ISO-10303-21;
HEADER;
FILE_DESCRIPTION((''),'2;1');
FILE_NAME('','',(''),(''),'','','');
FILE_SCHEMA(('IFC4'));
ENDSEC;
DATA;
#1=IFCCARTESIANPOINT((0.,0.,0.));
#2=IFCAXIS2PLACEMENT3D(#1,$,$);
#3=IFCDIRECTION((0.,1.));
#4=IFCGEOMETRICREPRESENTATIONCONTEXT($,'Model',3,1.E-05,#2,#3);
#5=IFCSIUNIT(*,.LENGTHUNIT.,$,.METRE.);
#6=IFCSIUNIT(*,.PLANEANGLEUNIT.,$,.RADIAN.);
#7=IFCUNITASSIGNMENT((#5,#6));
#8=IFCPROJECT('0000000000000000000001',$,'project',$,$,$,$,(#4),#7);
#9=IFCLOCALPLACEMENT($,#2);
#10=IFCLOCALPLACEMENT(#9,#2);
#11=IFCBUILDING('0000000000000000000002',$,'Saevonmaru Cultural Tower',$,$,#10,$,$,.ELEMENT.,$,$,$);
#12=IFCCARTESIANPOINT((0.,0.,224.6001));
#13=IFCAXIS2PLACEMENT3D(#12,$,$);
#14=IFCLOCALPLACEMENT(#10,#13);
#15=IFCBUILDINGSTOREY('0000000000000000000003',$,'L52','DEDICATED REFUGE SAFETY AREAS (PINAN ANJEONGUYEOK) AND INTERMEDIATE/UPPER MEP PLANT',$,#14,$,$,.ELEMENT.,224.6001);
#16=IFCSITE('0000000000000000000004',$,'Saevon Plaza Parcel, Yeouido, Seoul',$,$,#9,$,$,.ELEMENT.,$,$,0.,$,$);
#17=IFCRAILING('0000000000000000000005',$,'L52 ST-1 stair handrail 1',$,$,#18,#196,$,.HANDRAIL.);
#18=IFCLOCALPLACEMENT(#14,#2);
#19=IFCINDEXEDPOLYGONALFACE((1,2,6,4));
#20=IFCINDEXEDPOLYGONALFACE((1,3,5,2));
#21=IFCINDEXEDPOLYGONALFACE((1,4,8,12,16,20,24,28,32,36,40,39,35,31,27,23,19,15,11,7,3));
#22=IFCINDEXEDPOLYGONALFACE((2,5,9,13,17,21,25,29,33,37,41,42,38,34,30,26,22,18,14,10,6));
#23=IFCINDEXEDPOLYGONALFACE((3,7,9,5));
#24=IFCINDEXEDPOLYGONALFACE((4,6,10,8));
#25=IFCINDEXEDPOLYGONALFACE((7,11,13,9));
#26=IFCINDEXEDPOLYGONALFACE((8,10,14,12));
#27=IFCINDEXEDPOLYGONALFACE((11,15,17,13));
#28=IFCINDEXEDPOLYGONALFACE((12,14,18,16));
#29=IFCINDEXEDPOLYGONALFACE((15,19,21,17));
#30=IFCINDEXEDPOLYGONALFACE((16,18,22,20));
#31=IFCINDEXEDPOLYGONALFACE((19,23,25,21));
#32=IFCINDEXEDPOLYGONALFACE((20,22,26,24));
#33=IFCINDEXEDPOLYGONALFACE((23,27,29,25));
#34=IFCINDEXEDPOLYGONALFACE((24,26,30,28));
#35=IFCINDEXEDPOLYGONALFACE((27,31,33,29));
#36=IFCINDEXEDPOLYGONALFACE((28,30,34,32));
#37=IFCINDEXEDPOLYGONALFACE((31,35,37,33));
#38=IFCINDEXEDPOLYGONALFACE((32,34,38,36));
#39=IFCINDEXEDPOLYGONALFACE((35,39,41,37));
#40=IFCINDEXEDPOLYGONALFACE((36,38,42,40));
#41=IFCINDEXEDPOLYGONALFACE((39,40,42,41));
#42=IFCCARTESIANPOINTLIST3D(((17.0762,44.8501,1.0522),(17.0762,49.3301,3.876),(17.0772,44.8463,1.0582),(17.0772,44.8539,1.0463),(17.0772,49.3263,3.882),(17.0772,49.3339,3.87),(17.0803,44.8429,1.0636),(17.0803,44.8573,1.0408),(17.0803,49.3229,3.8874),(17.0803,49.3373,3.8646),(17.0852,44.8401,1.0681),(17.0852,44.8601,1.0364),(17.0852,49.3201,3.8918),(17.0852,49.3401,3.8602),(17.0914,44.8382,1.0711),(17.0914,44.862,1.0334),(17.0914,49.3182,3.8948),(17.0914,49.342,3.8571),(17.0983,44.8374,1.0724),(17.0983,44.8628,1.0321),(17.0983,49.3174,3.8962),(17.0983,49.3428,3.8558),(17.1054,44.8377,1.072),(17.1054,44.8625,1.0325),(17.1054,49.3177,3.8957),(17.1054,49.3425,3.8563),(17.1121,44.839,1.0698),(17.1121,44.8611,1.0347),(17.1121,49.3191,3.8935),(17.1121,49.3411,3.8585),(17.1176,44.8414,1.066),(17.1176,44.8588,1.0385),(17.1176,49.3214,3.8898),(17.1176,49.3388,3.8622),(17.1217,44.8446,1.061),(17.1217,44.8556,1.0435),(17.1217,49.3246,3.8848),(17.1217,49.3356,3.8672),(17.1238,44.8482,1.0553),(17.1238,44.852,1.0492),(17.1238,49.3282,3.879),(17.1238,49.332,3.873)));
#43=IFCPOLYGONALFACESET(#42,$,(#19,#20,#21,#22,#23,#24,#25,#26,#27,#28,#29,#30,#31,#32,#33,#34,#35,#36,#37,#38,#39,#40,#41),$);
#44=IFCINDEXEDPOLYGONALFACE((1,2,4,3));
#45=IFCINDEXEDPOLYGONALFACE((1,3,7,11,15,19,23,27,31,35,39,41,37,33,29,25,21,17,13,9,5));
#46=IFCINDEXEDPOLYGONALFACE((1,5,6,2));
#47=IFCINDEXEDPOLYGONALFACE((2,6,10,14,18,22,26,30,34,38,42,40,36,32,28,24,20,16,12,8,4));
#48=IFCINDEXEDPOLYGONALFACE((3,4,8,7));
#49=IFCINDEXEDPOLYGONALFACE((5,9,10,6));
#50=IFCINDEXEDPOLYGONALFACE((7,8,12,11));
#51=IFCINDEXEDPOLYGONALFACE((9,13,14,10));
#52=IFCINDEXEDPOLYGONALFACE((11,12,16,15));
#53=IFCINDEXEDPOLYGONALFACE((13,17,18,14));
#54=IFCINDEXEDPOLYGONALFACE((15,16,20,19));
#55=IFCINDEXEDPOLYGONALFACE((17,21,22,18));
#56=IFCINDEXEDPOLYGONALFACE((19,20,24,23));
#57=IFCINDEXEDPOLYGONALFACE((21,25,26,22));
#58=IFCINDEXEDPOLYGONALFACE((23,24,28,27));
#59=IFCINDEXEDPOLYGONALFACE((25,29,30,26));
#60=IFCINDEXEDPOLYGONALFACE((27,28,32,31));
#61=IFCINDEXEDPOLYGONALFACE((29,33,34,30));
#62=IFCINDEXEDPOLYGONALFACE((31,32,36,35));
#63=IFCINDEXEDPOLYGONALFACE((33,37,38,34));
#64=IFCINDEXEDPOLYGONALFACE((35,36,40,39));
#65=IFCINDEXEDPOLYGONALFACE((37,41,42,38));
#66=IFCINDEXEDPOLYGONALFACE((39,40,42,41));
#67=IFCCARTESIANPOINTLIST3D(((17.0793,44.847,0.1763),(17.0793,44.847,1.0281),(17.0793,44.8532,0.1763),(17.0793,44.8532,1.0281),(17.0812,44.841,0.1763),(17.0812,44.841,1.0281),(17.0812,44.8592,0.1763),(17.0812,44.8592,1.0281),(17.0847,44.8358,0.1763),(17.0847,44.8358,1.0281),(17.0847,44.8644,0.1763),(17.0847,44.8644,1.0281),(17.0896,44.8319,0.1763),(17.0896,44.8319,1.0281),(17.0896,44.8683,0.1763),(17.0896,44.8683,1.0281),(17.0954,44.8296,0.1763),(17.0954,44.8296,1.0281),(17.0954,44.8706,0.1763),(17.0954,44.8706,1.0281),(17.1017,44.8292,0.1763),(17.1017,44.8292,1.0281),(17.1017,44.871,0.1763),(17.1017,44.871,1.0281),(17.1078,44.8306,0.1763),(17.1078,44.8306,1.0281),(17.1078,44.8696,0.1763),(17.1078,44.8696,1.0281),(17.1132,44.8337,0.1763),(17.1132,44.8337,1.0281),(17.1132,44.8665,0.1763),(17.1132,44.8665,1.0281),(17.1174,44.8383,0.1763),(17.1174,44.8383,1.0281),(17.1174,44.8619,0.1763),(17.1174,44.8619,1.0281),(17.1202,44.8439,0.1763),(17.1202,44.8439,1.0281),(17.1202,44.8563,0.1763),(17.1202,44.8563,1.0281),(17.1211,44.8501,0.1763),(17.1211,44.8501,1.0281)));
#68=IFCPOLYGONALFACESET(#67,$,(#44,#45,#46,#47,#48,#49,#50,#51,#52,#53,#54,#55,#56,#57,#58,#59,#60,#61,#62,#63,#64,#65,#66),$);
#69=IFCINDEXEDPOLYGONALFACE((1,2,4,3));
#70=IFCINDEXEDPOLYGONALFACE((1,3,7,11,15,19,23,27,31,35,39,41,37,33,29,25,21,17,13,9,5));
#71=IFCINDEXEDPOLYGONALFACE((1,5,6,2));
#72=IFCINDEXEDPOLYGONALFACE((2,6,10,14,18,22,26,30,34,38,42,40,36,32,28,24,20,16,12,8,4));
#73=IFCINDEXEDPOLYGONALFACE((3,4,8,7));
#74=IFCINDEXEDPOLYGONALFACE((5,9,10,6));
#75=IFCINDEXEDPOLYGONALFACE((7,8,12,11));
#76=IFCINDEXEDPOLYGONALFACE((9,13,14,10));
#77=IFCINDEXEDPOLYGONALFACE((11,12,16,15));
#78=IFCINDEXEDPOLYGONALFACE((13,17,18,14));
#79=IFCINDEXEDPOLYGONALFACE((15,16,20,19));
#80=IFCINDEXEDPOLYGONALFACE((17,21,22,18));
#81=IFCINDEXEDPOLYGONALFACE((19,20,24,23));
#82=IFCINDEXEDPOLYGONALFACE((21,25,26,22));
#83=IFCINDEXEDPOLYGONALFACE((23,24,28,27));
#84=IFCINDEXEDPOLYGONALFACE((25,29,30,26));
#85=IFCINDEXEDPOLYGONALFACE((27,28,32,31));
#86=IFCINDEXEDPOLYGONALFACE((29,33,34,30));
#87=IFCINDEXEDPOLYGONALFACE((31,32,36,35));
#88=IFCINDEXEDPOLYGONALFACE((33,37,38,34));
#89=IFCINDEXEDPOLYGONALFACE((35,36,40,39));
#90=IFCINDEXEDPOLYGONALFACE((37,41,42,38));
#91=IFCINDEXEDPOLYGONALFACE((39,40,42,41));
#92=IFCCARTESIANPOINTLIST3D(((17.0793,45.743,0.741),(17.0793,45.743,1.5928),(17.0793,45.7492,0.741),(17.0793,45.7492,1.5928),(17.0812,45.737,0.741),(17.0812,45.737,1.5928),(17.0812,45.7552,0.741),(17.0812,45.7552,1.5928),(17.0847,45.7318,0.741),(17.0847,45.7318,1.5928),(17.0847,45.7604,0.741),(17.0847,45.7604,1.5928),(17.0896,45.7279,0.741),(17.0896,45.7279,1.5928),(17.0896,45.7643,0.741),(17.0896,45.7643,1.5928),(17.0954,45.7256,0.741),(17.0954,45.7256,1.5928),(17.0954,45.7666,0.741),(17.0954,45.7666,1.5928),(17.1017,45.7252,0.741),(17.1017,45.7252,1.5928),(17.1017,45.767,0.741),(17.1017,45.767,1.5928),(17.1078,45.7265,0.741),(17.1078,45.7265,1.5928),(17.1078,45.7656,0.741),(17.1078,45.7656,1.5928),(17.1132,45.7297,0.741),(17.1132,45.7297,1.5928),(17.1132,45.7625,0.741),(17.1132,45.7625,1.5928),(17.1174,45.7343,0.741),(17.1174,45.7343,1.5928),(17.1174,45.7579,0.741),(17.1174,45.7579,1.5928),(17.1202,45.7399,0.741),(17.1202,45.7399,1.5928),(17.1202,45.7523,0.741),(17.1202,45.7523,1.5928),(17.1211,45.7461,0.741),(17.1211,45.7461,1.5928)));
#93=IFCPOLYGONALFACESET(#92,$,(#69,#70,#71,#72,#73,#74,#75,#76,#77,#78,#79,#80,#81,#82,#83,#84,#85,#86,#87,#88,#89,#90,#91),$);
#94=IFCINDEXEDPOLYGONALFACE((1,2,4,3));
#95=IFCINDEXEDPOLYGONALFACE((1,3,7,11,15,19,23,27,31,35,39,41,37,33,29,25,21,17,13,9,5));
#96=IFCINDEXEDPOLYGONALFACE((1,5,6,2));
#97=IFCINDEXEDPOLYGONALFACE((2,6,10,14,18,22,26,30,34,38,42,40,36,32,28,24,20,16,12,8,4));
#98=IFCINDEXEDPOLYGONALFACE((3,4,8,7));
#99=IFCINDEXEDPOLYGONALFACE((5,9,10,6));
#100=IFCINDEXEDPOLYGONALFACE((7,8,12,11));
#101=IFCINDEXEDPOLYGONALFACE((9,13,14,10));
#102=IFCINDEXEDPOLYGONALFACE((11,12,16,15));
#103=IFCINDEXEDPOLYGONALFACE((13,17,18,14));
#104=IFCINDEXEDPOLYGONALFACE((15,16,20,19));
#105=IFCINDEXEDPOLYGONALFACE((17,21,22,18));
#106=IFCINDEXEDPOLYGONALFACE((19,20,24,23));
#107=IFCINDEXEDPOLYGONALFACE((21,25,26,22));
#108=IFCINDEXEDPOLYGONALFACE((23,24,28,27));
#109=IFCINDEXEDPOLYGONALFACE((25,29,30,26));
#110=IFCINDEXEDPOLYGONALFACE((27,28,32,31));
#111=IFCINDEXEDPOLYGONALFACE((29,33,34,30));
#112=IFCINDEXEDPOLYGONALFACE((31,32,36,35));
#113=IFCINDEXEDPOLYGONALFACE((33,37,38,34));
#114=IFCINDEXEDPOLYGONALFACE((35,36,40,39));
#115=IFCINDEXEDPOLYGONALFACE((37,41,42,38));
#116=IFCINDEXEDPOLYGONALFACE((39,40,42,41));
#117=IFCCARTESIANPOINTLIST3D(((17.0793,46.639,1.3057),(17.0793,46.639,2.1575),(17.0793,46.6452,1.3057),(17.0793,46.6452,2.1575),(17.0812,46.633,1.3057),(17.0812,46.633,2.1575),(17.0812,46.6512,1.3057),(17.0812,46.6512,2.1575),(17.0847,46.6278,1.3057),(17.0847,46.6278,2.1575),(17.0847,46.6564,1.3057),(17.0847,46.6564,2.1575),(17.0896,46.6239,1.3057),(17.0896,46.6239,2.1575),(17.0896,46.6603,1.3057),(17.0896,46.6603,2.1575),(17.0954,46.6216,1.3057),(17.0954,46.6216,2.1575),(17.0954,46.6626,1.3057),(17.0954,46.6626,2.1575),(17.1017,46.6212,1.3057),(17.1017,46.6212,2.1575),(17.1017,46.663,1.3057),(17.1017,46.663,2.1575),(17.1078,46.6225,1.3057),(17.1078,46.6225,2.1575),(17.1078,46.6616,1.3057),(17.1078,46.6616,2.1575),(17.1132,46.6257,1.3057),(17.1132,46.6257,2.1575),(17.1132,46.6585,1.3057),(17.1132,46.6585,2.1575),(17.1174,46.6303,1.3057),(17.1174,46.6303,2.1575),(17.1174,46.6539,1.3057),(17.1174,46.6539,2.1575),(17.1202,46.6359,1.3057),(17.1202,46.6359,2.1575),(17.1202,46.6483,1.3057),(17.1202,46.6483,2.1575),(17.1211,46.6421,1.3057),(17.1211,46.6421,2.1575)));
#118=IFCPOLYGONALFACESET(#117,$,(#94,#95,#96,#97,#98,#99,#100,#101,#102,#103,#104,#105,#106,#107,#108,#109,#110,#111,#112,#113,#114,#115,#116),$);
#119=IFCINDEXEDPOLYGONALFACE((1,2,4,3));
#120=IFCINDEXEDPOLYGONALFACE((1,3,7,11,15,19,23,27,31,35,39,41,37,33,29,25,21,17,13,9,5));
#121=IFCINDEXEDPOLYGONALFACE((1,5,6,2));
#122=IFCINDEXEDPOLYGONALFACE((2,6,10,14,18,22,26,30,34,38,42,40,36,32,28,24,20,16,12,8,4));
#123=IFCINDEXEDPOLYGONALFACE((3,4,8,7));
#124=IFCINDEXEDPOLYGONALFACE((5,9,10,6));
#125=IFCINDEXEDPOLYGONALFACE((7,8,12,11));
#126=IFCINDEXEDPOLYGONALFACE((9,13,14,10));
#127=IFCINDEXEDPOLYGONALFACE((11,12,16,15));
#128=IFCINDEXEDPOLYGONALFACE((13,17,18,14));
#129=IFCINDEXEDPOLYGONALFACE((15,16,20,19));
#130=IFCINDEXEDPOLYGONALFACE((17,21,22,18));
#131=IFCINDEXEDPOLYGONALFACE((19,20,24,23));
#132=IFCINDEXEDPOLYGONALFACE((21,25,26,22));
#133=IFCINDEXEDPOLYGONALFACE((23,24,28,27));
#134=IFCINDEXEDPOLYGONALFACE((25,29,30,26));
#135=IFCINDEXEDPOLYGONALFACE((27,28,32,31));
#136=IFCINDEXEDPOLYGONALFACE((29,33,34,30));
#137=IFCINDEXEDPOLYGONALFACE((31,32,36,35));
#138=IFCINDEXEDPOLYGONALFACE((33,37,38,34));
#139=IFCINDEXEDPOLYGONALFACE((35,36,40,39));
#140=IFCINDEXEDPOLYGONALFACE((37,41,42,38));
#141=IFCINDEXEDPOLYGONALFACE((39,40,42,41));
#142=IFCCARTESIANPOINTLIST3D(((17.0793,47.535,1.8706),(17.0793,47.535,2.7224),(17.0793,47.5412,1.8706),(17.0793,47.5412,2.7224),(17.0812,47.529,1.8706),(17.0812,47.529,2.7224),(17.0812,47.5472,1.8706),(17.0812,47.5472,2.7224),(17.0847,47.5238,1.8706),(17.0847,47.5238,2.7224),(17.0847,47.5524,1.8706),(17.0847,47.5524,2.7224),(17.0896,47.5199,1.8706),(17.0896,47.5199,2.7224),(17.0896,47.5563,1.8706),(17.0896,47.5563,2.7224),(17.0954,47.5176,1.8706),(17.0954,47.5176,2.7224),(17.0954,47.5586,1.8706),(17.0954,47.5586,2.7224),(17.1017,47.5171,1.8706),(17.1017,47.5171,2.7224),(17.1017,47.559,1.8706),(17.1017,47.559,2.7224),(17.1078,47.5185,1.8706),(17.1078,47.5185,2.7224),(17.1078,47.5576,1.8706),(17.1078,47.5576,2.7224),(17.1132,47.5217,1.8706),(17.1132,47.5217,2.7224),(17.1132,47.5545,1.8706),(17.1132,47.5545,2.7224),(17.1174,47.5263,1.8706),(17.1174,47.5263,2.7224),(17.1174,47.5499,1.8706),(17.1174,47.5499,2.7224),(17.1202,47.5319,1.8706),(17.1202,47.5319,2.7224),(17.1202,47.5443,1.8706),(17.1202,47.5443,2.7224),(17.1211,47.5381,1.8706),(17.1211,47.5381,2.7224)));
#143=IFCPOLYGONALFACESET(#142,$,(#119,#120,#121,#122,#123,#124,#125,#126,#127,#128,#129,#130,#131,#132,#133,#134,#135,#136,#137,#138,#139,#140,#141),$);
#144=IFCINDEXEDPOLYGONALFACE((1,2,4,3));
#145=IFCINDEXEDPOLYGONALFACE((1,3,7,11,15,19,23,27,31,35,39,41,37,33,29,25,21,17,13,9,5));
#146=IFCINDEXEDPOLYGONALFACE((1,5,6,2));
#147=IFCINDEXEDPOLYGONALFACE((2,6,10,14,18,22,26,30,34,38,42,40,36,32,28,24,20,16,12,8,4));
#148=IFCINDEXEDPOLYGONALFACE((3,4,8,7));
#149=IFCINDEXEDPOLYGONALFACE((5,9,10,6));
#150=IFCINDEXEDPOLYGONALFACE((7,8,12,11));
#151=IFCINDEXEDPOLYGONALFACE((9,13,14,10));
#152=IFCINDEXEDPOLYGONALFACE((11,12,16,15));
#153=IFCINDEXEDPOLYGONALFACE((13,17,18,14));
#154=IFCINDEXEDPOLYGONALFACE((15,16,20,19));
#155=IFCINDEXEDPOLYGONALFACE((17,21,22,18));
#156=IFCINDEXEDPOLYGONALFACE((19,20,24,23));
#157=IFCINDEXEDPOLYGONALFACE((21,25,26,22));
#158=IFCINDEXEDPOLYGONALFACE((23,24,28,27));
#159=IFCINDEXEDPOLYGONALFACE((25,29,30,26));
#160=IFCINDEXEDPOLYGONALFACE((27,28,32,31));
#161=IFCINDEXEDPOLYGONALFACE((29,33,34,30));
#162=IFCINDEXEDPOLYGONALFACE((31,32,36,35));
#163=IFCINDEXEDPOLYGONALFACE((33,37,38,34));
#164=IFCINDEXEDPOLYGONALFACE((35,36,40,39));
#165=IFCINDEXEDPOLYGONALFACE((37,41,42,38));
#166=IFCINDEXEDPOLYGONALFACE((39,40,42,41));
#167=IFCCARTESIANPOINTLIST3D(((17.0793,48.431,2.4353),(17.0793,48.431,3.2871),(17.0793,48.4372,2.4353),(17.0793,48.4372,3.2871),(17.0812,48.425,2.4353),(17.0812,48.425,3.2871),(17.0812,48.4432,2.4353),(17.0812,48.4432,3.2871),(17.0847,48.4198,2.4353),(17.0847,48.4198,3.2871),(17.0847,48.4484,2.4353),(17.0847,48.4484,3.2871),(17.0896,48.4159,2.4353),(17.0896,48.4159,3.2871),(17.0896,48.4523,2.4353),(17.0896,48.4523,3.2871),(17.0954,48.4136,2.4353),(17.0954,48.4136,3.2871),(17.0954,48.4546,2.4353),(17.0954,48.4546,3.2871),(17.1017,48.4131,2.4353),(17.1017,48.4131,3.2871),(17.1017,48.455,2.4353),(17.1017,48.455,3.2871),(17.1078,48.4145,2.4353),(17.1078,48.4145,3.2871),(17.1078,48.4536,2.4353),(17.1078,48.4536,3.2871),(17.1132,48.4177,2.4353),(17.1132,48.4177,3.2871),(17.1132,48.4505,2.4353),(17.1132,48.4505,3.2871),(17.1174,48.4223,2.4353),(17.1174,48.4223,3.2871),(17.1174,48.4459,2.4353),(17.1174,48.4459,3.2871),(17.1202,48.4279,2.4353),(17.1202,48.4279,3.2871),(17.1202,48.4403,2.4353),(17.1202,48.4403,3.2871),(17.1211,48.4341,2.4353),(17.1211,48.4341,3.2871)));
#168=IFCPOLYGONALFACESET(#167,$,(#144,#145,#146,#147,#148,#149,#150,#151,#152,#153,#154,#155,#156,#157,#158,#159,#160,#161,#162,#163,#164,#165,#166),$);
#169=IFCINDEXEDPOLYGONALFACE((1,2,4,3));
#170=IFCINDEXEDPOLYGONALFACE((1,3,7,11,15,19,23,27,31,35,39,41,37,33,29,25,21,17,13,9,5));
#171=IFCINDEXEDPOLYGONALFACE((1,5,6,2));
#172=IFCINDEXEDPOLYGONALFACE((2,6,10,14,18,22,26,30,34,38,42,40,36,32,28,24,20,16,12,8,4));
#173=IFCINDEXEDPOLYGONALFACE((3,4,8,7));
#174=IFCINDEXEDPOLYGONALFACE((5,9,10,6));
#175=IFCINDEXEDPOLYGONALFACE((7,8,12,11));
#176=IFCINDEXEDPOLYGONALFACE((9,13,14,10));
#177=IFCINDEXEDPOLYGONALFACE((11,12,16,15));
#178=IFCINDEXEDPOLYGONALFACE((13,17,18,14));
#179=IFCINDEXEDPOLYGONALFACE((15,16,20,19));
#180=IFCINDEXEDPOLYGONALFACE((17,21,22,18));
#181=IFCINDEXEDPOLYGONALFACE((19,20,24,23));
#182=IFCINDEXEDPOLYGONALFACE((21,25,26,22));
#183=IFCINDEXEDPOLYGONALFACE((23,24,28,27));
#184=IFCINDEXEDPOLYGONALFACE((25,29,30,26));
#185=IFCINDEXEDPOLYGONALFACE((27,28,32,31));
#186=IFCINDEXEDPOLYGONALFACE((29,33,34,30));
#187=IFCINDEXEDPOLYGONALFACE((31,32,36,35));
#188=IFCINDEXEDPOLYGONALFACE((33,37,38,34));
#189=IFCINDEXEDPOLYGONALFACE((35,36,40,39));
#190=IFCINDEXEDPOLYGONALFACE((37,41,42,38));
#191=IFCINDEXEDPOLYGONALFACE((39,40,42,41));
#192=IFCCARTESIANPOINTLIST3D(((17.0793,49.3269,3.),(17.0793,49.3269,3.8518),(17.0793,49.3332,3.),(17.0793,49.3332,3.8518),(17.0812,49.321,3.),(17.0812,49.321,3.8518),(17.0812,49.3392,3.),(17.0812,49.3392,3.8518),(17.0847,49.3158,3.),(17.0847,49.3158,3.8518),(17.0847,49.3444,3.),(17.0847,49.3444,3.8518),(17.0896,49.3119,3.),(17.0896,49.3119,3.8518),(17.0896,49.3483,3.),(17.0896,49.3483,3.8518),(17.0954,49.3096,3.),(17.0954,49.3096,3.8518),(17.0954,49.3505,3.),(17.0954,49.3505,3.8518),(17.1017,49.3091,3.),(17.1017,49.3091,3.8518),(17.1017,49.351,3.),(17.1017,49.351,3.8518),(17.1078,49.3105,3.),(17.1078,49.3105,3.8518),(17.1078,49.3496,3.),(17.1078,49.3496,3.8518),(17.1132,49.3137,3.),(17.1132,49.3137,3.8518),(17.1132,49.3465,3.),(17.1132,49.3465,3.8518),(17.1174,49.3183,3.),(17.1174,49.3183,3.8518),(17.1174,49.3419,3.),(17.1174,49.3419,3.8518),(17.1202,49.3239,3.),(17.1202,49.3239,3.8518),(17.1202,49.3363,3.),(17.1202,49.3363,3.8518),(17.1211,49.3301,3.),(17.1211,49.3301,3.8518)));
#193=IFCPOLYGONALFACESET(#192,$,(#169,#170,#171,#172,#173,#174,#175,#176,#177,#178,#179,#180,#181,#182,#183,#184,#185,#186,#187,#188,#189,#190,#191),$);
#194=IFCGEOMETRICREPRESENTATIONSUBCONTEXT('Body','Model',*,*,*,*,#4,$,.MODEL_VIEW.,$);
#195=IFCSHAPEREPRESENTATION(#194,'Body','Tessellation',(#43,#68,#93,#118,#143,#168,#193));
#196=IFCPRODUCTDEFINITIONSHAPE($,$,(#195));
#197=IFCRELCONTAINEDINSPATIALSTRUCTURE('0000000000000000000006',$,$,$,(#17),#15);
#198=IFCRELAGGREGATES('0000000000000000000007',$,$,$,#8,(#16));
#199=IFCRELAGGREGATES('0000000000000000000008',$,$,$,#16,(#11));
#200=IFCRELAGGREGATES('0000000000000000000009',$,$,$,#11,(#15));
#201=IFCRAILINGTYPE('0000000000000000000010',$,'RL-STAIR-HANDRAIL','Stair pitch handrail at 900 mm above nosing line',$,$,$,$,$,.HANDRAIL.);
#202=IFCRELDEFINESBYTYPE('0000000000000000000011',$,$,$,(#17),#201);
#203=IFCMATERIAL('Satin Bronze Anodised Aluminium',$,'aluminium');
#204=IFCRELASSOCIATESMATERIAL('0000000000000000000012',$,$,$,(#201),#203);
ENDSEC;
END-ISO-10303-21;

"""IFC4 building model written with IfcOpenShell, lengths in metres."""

from ifc_helpers import new_model, si_unit, direction, frame, origin, origin_2d, place, context, subcontext, project, spatial, circle, extrude, material, type_object, element, save


model = new_model("IFC4")

# Units and contexts
model_context = context("Model", 3, precision=1e-05, world=origin(), true_north=direction((0.0, 1.0)))
body_context = subcontext(model_context, "Body", "Model", "MODEL_VIEW")
ifc_project = project(units=[si_unit("LENGTHUNIT", "METRE"), si_unit("PLANEANGLEUNIT", "RADIAN")], contexts=[model_context])

# Site, building, storey
site_placement = place(None, origin())
site = spatial("IfcSite", under=ifc_project, at=site_placement, Name="Saevon Plaza Parcel, Yeouido, Seoul", CompositionType="ELEMENT", RefElevation=0.0)
building_placement = place(site_placement, origin())
building = spatial("IfcBuilding", under=site, at=building_placement, Name="Saevonmaru Cultural Tower", CompositionType="ELEMENT")
storey_placement = place(building_placement, frame((0.0, 0.0, 224.6001)))
storey = spatial("IfcBuildingStorey", under=building, at=storey_placement, Name="L52", Description="DEDICATED REFUGE SAFETY AREAS (PINAN ANJEONGUYEOK) AND INTERMEDIATE/UPPER MEP PLANT", CompositionType="ELEMENT", Elevation=224.6001)

# Shared definitions
ifc_material_1 = material(Name="Satin Bronze Anodised Aluminium", Category="aluminium")

# Railing
railing_type_1 = type_object("IfcRailingType", Name="RL-STAIR-HANDRAIL", Description="Stair pitch handrail at 900 mm above nosing line", PredefinedType="HANDRAIL", material=ifc_material_1)
railing_1_placement = place(storey_placement, frame((17.1001, 44.8501, 0.1763)))
element("IfcRailing", 1, at=railing_1_placement, inside=storey, type_object=railing_type_1, Name="L52 ST-1 stair handrail 1", PredefinedType="HANDRAIL", context=body_context, shape_type="SweptSolid", body=[
    extrude(circle(Radius=0.0239, at=origin_2d()), frame((0.0, 0.0, 0.876), z_axis=(0.0, 0.845977, 0.533219), x_axis=(-1.0, 0.0, 0.0)), (0.0, 0.0, 1.0), 5.2957),
    extrude(circle(Radius=0.021, at=origin_2d()), origin(), (0.0, 0.0, 1.0), 0.8518),
    extrude(circle(Radius=0.021, at=origin_2d()), frame((0.0, 0.896, 0.5647)), (0.0, 0.0, 1.0), 0.8518),
    extrude(circle(Radius=0.021, at=origin_2d()), frame((0.0, 1.792, 1.1294)), (0.0, 0.0, 1.0), 0.8518),
    extrude(circle(Radius=0.021, at=origin_2d()), frame((0.0, 2.688, 1.6943)), (0.0, 0.0, 1.0), 0.8518),
    extrude(circle(Radius=0.021, at=origin_2d()), frame((0.0, 3.584, 2.259)), (0.0, 0.0, 1.0), 0.8518),
    extrude(circle(Radius=0.021, at=origin_2d()), frame((0.0, 4.48, 2.8237)), (0.0, 0.0, 1.0), 0.8518),
])

save(model, "model.ifc")
